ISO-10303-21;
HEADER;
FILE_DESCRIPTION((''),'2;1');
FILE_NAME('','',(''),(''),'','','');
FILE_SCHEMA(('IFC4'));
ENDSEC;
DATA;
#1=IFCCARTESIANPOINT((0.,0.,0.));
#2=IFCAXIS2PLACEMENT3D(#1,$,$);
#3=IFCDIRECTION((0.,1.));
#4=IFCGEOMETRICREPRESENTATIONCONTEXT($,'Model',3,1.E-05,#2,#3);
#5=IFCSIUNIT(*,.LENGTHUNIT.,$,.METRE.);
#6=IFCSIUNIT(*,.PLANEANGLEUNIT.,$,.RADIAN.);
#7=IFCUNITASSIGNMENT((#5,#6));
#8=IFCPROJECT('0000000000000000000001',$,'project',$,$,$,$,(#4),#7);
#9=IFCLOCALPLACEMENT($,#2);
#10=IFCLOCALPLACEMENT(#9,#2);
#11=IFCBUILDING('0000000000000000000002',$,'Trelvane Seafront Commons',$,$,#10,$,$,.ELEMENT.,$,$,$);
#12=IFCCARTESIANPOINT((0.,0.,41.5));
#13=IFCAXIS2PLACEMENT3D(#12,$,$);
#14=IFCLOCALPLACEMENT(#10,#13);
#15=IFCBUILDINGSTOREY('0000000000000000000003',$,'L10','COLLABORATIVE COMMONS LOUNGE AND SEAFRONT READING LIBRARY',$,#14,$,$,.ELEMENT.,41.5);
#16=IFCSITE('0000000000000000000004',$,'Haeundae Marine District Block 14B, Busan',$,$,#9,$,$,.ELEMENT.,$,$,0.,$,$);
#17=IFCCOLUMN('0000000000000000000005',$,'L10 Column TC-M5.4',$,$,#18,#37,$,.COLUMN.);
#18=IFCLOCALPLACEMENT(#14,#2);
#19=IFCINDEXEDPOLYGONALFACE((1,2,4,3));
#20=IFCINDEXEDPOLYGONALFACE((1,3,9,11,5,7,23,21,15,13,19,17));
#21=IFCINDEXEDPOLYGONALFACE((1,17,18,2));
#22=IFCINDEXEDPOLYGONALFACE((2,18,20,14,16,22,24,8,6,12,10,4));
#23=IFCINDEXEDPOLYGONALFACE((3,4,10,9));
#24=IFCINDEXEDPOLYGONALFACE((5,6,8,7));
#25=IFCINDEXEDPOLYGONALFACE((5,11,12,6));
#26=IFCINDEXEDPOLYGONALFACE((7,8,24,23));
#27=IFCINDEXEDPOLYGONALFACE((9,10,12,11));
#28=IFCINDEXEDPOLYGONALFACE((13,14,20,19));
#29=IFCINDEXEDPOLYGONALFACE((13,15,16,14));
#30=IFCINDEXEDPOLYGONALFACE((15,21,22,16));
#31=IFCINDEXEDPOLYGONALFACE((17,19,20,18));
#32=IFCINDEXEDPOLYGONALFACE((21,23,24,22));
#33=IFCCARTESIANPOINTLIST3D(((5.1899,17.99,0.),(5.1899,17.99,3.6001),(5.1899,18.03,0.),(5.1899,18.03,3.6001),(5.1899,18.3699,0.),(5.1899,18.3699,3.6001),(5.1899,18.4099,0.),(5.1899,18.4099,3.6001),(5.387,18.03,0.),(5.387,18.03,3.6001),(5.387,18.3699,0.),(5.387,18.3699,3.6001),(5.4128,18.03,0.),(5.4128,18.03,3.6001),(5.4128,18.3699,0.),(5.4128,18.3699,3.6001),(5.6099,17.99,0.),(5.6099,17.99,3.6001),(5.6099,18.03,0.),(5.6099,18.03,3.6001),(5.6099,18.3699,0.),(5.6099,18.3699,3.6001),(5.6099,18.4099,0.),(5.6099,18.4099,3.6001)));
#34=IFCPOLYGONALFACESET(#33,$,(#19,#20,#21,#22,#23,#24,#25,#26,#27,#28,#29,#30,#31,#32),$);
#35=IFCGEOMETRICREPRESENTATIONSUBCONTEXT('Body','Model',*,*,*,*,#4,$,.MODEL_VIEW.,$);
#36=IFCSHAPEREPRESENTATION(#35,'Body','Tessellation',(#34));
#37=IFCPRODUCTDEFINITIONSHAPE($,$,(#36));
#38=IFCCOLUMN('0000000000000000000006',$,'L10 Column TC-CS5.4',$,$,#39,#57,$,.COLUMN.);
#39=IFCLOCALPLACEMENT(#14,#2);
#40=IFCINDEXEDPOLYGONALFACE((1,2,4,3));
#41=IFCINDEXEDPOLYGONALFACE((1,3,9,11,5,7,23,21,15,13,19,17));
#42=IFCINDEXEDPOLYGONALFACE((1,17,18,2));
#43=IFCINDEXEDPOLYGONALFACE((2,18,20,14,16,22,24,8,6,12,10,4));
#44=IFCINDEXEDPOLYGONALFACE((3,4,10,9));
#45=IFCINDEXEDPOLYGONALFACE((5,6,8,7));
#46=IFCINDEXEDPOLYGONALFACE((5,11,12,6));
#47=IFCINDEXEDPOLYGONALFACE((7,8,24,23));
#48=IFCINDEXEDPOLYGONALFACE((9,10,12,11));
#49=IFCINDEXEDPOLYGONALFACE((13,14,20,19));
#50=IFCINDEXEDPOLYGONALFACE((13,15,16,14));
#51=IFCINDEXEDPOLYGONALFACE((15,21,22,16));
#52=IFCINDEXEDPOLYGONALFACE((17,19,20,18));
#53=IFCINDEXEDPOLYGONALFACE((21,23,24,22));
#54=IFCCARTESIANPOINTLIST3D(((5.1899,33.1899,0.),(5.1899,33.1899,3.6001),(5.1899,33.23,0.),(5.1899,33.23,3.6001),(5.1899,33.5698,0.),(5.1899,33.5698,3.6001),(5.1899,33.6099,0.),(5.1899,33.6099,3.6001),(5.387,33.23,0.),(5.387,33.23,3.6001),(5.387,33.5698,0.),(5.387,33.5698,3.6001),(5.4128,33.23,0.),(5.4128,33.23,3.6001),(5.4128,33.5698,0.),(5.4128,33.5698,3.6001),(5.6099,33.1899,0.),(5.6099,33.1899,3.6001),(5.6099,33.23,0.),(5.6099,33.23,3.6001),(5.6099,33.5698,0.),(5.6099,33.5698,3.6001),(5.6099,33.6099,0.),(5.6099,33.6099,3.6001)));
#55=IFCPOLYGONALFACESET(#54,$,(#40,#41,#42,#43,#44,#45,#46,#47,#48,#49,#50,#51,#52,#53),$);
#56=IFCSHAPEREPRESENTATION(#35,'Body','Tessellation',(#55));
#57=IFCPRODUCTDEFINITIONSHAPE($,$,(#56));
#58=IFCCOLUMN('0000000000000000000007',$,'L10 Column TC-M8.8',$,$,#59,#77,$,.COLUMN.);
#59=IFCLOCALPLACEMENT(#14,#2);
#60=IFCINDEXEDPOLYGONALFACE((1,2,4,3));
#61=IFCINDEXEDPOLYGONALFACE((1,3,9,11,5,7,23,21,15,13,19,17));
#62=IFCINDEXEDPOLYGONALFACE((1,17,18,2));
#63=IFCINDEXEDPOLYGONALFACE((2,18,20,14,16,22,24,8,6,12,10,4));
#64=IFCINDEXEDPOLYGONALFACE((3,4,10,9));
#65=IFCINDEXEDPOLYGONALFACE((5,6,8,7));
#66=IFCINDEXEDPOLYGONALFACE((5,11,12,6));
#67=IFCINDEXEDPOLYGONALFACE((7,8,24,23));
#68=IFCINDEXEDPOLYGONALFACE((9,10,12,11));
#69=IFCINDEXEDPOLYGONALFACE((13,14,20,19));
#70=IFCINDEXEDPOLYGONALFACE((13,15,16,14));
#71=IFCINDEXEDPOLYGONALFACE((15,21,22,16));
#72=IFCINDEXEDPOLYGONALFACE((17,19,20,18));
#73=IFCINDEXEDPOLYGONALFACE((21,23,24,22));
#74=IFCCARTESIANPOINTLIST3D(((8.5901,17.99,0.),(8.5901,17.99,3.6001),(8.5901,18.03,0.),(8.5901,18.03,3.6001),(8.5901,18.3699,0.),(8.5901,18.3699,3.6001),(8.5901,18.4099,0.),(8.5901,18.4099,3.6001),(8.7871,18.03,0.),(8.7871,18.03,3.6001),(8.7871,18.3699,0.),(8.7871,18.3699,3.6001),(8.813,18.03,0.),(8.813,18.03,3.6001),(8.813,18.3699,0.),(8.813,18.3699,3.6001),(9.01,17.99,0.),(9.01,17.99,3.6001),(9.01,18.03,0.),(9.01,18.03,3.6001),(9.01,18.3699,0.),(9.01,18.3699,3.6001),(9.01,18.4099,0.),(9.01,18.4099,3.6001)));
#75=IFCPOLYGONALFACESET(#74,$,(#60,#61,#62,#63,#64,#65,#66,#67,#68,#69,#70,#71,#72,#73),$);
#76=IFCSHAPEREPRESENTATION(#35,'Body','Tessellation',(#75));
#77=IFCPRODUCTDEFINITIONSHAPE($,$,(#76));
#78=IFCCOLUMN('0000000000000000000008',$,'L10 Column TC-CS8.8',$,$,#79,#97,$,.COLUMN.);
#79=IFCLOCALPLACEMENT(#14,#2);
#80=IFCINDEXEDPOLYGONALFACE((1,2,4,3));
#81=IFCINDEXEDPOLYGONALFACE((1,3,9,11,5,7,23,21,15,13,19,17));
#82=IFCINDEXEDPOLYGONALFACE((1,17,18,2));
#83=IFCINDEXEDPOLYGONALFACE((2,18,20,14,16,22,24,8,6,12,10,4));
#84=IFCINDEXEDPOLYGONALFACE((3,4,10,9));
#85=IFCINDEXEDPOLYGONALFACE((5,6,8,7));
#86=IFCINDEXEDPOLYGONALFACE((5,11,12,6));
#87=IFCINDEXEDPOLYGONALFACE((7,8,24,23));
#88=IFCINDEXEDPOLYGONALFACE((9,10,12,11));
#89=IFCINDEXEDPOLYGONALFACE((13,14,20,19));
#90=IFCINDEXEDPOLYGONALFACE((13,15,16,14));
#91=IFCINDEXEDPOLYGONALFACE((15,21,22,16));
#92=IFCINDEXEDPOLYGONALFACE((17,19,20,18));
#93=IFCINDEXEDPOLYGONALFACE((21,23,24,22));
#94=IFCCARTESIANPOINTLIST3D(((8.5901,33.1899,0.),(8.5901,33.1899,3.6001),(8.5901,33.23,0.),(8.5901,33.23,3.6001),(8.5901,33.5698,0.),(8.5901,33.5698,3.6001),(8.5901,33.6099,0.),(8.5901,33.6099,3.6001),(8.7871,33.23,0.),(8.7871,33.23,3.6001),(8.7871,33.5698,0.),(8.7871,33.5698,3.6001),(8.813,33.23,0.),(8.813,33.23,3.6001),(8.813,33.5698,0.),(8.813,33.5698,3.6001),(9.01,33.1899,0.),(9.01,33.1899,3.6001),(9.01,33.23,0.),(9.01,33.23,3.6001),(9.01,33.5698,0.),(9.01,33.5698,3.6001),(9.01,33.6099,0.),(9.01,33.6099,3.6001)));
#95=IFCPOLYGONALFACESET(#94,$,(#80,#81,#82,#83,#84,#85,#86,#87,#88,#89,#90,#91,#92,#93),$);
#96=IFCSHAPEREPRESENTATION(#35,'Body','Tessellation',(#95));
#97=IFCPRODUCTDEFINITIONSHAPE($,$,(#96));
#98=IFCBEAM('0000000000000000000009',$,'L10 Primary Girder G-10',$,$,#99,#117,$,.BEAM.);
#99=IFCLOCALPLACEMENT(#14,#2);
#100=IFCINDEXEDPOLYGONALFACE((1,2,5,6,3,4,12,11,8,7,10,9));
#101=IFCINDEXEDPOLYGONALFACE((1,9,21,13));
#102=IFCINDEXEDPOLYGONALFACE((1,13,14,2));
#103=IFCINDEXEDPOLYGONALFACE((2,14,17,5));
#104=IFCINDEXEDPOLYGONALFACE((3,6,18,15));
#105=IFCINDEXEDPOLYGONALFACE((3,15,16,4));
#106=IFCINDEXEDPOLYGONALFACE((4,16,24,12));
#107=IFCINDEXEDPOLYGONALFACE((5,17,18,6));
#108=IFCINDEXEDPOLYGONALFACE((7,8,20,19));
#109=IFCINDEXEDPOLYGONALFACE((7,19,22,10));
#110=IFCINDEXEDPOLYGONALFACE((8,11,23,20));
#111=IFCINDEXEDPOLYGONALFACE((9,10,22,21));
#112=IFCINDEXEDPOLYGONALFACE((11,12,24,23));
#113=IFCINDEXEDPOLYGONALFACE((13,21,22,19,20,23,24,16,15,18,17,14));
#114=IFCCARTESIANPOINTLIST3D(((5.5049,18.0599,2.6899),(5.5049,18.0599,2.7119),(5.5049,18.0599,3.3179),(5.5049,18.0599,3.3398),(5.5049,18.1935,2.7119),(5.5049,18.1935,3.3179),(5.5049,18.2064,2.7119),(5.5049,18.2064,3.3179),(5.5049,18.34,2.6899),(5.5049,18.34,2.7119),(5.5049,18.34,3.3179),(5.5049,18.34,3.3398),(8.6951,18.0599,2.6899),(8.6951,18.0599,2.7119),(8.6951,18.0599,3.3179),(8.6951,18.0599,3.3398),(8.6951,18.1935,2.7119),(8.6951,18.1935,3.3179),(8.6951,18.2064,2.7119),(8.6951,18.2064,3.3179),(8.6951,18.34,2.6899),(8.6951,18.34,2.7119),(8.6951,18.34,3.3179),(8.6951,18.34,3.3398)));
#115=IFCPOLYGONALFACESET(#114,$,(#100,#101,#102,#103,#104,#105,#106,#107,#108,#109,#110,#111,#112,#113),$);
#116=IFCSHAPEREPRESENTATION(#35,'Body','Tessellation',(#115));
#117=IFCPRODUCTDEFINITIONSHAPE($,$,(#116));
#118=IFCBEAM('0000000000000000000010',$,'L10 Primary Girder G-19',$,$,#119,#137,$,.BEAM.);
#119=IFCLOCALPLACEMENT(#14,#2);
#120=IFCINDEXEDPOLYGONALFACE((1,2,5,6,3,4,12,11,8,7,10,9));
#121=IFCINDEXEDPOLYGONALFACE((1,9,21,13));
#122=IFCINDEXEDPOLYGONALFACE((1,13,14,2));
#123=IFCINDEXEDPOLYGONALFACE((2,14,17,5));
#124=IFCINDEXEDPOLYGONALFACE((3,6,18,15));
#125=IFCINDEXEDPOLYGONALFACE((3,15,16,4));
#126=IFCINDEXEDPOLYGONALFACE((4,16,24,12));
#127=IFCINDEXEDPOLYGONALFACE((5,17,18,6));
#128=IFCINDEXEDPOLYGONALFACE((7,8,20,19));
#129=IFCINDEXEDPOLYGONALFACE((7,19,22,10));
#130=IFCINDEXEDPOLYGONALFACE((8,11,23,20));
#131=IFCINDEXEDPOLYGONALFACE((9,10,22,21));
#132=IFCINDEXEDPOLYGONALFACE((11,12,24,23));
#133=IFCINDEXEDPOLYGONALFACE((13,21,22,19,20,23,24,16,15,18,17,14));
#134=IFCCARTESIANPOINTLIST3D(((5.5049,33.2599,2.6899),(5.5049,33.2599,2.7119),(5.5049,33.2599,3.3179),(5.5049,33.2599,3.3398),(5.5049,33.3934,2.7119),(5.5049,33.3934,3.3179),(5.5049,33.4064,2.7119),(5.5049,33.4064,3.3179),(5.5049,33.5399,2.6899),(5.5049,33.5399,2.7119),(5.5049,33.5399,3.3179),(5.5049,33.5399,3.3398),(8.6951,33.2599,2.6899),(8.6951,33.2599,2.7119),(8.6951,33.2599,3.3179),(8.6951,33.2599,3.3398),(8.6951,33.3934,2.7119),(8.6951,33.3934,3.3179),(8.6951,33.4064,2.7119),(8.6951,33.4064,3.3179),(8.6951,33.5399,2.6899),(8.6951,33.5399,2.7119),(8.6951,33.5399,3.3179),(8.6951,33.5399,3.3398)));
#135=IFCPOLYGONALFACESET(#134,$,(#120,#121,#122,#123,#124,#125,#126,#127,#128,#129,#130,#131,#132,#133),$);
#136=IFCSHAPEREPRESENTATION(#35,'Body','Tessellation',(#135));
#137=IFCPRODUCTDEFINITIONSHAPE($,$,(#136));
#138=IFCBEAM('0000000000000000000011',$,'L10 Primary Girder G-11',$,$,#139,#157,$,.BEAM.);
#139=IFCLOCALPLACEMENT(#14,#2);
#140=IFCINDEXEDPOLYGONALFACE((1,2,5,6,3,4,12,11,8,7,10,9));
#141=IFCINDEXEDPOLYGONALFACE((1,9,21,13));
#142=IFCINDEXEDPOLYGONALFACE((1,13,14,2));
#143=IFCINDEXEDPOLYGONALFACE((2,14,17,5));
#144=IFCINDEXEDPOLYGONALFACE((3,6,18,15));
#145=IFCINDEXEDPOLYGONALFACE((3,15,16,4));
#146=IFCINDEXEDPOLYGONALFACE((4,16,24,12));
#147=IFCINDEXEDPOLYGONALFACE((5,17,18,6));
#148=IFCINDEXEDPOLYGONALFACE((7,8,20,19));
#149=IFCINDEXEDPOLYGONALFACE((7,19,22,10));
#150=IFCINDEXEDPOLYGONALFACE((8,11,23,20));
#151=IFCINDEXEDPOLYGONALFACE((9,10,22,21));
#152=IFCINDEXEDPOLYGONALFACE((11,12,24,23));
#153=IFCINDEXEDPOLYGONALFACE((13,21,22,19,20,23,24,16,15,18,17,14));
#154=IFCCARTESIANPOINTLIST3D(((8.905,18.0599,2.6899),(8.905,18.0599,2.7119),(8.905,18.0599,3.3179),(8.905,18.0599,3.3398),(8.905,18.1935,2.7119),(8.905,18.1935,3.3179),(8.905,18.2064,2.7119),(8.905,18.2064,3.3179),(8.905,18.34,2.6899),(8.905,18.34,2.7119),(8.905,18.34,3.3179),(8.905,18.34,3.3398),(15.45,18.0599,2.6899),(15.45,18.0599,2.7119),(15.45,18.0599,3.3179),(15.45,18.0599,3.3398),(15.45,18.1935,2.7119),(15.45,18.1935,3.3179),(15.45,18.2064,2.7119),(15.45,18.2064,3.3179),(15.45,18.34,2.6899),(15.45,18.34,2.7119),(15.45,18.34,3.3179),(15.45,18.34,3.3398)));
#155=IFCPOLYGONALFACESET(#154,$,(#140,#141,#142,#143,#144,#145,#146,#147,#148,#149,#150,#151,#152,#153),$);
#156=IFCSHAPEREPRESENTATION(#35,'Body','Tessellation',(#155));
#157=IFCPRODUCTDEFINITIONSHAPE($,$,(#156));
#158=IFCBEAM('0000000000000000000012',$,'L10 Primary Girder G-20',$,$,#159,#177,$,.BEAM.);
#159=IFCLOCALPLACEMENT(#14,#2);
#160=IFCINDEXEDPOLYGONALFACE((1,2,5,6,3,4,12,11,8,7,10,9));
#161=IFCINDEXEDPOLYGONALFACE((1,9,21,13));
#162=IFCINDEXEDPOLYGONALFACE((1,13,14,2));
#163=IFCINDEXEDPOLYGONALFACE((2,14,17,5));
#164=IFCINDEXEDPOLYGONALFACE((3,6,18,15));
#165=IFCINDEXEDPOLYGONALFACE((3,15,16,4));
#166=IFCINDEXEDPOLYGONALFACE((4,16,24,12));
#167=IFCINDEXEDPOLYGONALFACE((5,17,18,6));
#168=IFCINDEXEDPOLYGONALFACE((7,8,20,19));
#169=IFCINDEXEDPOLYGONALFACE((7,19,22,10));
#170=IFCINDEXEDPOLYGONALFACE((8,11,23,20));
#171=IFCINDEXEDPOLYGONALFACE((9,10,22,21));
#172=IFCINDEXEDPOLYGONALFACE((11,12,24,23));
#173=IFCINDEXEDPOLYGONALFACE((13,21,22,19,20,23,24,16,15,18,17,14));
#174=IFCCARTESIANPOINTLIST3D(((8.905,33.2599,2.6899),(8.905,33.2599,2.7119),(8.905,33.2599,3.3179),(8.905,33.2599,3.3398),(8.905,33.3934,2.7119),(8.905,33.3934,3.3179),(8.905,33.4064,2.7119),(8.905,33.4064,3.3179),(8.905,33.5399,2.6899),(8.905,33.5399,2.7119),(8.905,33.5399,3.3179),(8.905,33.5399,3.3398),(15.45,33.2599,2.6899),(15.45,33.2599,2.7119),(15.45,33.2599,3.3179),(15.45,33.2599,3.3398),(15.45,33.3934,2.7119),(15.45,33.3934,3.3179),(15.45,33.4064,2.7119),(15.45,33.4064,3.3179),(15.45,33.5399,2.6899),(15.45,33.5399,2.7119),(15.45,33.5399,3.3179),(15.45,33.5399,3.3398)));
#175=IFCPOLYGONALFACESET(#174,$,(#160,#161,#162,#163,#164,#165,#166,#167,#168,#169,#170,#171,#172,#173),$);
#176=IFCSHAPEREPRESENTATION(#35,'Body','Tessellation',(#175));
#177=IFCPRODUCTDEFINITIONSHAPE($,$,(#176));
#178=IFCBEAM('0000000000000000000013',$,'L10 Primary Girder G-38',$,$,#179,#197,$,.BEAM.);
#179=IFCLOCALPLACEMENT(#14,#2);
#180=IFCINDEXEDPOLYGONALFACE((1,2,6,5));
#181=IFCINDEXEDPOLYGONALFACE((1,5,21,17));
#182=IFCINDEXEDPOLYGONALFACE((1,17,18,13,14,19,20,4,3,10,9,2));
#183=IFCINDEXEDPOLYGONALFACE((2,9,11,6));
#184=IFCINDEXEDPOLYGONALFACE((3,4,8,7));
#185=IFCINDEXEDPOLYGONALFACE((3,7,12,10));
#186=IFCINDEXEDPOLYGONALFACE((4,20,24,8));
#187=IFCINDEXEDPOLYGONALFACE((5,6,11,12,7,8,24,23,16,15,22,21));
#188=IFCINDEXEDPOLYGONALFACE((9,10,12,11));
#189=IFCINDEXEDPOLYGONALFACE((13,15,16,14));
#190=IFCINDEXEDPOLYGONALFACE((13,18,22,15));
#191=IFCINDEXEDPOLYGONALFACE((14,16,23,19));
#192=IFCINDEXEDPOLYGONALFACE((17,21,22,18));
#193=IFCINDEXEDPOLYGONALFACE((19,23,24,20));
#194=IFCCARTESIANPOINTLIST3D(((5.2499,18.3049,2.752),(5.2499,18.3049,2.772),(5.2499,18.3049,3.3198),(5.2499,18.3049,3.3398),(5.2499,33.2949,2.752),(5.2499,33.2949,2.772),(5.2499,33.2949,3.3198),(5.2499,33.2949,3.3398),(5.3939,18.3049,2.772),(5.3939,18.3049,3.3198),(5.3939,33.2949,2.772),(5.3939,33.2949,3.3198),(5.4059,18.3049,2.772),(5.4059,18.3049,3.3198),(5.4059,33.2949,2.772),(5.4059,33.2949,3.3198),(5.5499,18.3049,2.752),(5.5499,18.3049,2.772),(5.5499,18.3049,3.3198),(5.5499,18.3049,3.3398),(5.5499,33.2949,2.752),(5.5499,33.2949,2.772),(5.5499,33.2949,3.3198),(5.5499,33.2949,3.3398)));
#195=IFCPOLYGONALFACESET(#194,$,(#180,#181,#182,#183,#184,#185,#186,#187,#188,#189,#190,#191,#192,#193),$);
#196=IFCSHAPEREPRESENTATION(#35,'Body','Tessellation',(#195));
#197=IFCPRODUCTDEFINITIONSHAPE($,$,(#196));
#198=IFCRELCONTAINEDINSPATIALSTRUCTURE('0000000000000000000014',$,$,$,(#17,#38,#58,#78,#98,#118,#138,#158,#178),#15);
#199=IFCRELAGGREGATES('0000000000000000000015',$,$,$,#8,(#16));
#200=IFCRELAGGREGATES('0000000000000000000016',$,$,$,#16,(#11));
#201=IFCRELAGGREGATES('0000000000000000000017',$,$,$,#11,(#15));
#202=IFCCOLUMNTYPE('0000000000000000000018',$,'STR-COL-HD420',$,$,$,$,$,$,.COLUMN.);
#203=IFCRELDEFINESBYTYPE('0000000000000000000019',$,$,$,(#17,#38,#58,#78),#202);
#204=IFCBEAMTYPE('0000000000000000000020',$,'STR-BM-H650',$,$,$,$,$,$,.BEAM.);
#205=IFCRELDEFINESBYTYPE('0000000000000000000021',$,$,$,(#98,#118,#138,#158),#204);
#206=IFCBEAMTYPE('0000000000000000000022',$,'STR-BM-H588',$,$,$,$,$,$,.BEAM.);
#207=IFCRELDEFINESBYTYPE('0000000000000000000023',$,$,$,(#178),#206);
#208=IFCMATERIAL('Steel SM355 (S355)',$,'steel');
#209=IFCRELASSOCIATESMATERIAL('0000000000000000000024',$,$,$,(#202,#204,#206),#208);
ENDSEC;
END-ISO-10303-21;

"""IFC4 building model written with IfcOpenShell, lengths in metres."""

from ifc_helpers import new_model, si_unit, direction, frame, origin, origin_2d, place, context, subcontext, project, spatial, i_section, extrude, source, transform, mapped, material, material_profile, profile_set, type_object, element, save


model = new_model("IFC4")

# Units and contexts
model_context = context("Model", 3, precision=1e-05, world=origin(), true_north=direction((0.0, 1.0)))
body_context = subcontext(model_context, "Body", "Model", "MODEL_VIEW")
ifc_project = project(units=[si_unit("LENGTHUNIT", "METRE"), si_unit("PLANEANGLEUNIT", "RADIAN")], contexts=[model_context])

# Site, building, storey
site_placement = place(None, origin())
site = spatial("IfcSite", under=ifc_project, at=site_placement, Name="Haeundae Marine District Block 14B, Busan", CompositionType="ELEMENT", RefElevation=0.0)
building_placement = place(site_placement, origin())
building = spatial("IfcBuilding", under=site, at=building_placement, Name="Trelvane Seafront Commons", CompositionType="ELEMENT")
storey_placement = place(building_placement, frame((0.0, 0.0, 41.5)))
storey = spatial("IfcBuildingStorey", under=building, at=storey_placement, Name="L10", Description="COLLABORATIVE COMMONS LOUNGE AND SEAFRONT READING LIBRARY", CompositionType="ELEMENT", Elevation=41.5)

# Columns
ifc_material_1 = material(Name="Steel SM355 (S355)", Category="steel")
ifc_material_profile_1 = material_profile(ifc_material_1, i_section(OverallWidth=0.4199, OverallDepth=0.4199, WebThickness=0.0259, FlangeThickness=0.04, at=origin_2d()), Name="HD-420x420x26x40")
ifc_profile_set_1 = profile_set([ifc_material_profile_1], Name="Steel SM355 (S355)")
column_type = type_object("IfcColumnType", Name="STR-COL-HD420", PredefinedType="COLUMN", material=ifc_profile_set_1)
shared_shape_1 = source(origin(), body_context, "Body", "SweptSolid", [
    extrude(i_section(OverallWidth=0.4199, OverallDepth=0.4199, WebThickness=0.0259, FlangeThickness=0.04, at=origin_2d()), origin(), (0.0, 0.0, 1.0), 3.6001),
])
for number, where, z_axis, x_axis, name in (
    (1, (5.3999, 18.2, 0.0), (0.0, 0.0, 1.0), (1.0, 0.0, 0.0), "L10 Column TC-M5.4"),
    (2, (5.3999, 33.3999, 0.0), (0.0, 0.0, 1.0), (1.0, 0.0, 0.0), "L10 Column TC-CS5.4"),
    (3, (8.8, 18.2, 0.0), (0.0, 0.0, 1.0), (1.0, 0.0, 0.0), "L10 Column TC-M8.8"),
    (4, (8.8, 33.3999, 0.0), (0.0, 0.0, 1.0), (1.0, 0.0, 0.0), "L10 Column TC-CS8.8"),
):
    element("IfcColumn", number, at=place(storey_placement, frame(where, z_axis=z_axis, x_axis=x_axis)), inside=storey, type_object=column_type, Name=name, PredefinedType="COLUMN", context=body_context, shape_type="MappedRepresentation", body=[
        mapped(shared_shape_1, transform((0.0, 0.0, 0.0), x_axis=(1.0, 0.0, 0.0), y_axis=(0.0, 1.0, 0.0), z_axis=(0.0, 0.0, 1.0), scale=1.0)),
    ])

# Beams
ifc_material_profile_2 = material_profile(ifc_material_1, i_section(OverallWidth=0.28, OverallDepth=0.6499, WebThickness=0.0129, FlangeThickness=0.022, at=origin_2d()), Name="H-650x280x13x22")
ifc_profile_set_2 = profile_set([ifc_material_profile_2], Name="Steel SM355 (S355)")
beam_type_1 = type_object("IfcBeamType", Name="STR-BM-H650", PredefinedType="BEAM", material=ifc_profile_set_2)
shared_shape_2 = source(origin(), body_context, "Body", "SweptSolid", [
    extrude(i_section(OverallWidth=0.28, OverallDepth=0.6499, WebThickness=0.0129, FlangeThickness=0.022, at=origin_2d()), origin(), (0.0, 0.0, 1.0), 3.1902),
])
for number, where, z_axis, x_axis, name in (
    (5, (5.5049, 18.2, 3.0149), (1.0, 0.0, 0.0), (0.0, 1.0, 0.0), "L10 Primary Girder G-10"),
    (6, (5.5049, 33.3999, 3.0149), (1.0, 0.0, 0.0), (0.0, 1.0, 0.0), "L10 Primary Girder G-19"),
):
    element("IfcBeam", number, at=place(storey_placement, frame(where, z_axis=z_axis, x_axis=x_axis)), inside=storey, type_object=beam_type_1, Name=name, PredefinedType="BEAM", context=body_context, shape_type="MappedRepresentation", body=[
        mapped(shared_shape_2, transform((0.0, 0.0, 0.0), x_axis=(1.0, 0.0, 0.0), y_axis=(0.0, 1.0, 0.0), z_axis=(0.0, 0.0, 1.0), scale=1.0)),
    ])
shared_shape_3 = source(origin(), body_context, "Body", "SweptSolid", [
    extrude(i_section(OverallWidth=0.28, OverallDepth=0.6499, WebThickness=0.0129, FlangeThickness=0.022, at=origin_2d()), origin(), (0.0, 0.0, 1.0), 6.5449),
])
for number, where, z_axis, x_axis, name in (
    (7, (8.905, 18.2, 3.0149), (1.0, 0.0, 0.0), (0.0, 1.0, 0.0), "L10 Primary Girder G-11"),
    (8, (8.905, 33.3999, 3.0149), (1.0, 0.0, 0.0), (0.0, 1.0, 0.0), "L10 Primary Girder G-20"),
):
    element("IfcBeam", number, at=place(storey_placement, frame(where, z_axis=z_axis, x_axis=x_axis)), inside=storey, type_object=beam_type_1, Name=name, PredefinedType="BEAM", context=body_context, shape_type="MappedRepresentation", body=[
        mapped(shared_shape_3, transform((0.0, 0.0, 0.0), x_axis=(1.0, 0.0, 0.0), y_axis=(0.0, 1.0, 0.0), z_axis=(0.0, 0.0, 1.0), scale=1.0)),
    ])
ifc_material_profile_3 = material_profile(ifc_material_1, i_section(OverallWidth=0.3, OverallDepth=0.5879, WebThickness=0.012, FlangeThickness=0.02, at=origin_2d()), Name="H-588x300x12x20")
ifc_profile_set_3 = profile_set([ifc_material_profile_3], Name="Steel SM355 (S355)")
beam_type_2 = type_object("IfcBeamType", Name="STR-BM-H588", PredefinedType="BEAM", material=ifc_profile_set_3)
shared_shape_4 = source(origin(), body_context, "Body", "SweptSolid", [
    extrude(i_section(OverallWidth=0.3, OverallDepth=0.5879, WebThickness=0.012, FlangeThickness=0.02, at=origin_2d()), origin(), (0.0, 0.0, 1.0), 14.99),
])
for number, where, z_axis, x_axis, name in (
    (9, (5.3999, 18.3049, 3.0459), (0.0, 1.0, 0.0), (-1.0, 0.0, 0.0), "L10 Primary Girder G-38"),
):
    element("IfcBeam", number, at=place(storey_placement, frame(where, z_axis=z_axis, x_axis=x_axis)), inside=storey, type_object=beam_type_2, Name=name, PredefinedType="BEAM", context=body_context, shape_type="MappedRepresentation", body=[
        mapped(shared_shape_4, transform((0.0, 0.0, 0.0), x_axis=(1.0, 0.0, 0.0), y_axis=(0.0, 1.0, 0.0), z_axis=(0.0, 0.0, 1.0), scale=1.0)),
    ])

save(model, "model.ifc")
